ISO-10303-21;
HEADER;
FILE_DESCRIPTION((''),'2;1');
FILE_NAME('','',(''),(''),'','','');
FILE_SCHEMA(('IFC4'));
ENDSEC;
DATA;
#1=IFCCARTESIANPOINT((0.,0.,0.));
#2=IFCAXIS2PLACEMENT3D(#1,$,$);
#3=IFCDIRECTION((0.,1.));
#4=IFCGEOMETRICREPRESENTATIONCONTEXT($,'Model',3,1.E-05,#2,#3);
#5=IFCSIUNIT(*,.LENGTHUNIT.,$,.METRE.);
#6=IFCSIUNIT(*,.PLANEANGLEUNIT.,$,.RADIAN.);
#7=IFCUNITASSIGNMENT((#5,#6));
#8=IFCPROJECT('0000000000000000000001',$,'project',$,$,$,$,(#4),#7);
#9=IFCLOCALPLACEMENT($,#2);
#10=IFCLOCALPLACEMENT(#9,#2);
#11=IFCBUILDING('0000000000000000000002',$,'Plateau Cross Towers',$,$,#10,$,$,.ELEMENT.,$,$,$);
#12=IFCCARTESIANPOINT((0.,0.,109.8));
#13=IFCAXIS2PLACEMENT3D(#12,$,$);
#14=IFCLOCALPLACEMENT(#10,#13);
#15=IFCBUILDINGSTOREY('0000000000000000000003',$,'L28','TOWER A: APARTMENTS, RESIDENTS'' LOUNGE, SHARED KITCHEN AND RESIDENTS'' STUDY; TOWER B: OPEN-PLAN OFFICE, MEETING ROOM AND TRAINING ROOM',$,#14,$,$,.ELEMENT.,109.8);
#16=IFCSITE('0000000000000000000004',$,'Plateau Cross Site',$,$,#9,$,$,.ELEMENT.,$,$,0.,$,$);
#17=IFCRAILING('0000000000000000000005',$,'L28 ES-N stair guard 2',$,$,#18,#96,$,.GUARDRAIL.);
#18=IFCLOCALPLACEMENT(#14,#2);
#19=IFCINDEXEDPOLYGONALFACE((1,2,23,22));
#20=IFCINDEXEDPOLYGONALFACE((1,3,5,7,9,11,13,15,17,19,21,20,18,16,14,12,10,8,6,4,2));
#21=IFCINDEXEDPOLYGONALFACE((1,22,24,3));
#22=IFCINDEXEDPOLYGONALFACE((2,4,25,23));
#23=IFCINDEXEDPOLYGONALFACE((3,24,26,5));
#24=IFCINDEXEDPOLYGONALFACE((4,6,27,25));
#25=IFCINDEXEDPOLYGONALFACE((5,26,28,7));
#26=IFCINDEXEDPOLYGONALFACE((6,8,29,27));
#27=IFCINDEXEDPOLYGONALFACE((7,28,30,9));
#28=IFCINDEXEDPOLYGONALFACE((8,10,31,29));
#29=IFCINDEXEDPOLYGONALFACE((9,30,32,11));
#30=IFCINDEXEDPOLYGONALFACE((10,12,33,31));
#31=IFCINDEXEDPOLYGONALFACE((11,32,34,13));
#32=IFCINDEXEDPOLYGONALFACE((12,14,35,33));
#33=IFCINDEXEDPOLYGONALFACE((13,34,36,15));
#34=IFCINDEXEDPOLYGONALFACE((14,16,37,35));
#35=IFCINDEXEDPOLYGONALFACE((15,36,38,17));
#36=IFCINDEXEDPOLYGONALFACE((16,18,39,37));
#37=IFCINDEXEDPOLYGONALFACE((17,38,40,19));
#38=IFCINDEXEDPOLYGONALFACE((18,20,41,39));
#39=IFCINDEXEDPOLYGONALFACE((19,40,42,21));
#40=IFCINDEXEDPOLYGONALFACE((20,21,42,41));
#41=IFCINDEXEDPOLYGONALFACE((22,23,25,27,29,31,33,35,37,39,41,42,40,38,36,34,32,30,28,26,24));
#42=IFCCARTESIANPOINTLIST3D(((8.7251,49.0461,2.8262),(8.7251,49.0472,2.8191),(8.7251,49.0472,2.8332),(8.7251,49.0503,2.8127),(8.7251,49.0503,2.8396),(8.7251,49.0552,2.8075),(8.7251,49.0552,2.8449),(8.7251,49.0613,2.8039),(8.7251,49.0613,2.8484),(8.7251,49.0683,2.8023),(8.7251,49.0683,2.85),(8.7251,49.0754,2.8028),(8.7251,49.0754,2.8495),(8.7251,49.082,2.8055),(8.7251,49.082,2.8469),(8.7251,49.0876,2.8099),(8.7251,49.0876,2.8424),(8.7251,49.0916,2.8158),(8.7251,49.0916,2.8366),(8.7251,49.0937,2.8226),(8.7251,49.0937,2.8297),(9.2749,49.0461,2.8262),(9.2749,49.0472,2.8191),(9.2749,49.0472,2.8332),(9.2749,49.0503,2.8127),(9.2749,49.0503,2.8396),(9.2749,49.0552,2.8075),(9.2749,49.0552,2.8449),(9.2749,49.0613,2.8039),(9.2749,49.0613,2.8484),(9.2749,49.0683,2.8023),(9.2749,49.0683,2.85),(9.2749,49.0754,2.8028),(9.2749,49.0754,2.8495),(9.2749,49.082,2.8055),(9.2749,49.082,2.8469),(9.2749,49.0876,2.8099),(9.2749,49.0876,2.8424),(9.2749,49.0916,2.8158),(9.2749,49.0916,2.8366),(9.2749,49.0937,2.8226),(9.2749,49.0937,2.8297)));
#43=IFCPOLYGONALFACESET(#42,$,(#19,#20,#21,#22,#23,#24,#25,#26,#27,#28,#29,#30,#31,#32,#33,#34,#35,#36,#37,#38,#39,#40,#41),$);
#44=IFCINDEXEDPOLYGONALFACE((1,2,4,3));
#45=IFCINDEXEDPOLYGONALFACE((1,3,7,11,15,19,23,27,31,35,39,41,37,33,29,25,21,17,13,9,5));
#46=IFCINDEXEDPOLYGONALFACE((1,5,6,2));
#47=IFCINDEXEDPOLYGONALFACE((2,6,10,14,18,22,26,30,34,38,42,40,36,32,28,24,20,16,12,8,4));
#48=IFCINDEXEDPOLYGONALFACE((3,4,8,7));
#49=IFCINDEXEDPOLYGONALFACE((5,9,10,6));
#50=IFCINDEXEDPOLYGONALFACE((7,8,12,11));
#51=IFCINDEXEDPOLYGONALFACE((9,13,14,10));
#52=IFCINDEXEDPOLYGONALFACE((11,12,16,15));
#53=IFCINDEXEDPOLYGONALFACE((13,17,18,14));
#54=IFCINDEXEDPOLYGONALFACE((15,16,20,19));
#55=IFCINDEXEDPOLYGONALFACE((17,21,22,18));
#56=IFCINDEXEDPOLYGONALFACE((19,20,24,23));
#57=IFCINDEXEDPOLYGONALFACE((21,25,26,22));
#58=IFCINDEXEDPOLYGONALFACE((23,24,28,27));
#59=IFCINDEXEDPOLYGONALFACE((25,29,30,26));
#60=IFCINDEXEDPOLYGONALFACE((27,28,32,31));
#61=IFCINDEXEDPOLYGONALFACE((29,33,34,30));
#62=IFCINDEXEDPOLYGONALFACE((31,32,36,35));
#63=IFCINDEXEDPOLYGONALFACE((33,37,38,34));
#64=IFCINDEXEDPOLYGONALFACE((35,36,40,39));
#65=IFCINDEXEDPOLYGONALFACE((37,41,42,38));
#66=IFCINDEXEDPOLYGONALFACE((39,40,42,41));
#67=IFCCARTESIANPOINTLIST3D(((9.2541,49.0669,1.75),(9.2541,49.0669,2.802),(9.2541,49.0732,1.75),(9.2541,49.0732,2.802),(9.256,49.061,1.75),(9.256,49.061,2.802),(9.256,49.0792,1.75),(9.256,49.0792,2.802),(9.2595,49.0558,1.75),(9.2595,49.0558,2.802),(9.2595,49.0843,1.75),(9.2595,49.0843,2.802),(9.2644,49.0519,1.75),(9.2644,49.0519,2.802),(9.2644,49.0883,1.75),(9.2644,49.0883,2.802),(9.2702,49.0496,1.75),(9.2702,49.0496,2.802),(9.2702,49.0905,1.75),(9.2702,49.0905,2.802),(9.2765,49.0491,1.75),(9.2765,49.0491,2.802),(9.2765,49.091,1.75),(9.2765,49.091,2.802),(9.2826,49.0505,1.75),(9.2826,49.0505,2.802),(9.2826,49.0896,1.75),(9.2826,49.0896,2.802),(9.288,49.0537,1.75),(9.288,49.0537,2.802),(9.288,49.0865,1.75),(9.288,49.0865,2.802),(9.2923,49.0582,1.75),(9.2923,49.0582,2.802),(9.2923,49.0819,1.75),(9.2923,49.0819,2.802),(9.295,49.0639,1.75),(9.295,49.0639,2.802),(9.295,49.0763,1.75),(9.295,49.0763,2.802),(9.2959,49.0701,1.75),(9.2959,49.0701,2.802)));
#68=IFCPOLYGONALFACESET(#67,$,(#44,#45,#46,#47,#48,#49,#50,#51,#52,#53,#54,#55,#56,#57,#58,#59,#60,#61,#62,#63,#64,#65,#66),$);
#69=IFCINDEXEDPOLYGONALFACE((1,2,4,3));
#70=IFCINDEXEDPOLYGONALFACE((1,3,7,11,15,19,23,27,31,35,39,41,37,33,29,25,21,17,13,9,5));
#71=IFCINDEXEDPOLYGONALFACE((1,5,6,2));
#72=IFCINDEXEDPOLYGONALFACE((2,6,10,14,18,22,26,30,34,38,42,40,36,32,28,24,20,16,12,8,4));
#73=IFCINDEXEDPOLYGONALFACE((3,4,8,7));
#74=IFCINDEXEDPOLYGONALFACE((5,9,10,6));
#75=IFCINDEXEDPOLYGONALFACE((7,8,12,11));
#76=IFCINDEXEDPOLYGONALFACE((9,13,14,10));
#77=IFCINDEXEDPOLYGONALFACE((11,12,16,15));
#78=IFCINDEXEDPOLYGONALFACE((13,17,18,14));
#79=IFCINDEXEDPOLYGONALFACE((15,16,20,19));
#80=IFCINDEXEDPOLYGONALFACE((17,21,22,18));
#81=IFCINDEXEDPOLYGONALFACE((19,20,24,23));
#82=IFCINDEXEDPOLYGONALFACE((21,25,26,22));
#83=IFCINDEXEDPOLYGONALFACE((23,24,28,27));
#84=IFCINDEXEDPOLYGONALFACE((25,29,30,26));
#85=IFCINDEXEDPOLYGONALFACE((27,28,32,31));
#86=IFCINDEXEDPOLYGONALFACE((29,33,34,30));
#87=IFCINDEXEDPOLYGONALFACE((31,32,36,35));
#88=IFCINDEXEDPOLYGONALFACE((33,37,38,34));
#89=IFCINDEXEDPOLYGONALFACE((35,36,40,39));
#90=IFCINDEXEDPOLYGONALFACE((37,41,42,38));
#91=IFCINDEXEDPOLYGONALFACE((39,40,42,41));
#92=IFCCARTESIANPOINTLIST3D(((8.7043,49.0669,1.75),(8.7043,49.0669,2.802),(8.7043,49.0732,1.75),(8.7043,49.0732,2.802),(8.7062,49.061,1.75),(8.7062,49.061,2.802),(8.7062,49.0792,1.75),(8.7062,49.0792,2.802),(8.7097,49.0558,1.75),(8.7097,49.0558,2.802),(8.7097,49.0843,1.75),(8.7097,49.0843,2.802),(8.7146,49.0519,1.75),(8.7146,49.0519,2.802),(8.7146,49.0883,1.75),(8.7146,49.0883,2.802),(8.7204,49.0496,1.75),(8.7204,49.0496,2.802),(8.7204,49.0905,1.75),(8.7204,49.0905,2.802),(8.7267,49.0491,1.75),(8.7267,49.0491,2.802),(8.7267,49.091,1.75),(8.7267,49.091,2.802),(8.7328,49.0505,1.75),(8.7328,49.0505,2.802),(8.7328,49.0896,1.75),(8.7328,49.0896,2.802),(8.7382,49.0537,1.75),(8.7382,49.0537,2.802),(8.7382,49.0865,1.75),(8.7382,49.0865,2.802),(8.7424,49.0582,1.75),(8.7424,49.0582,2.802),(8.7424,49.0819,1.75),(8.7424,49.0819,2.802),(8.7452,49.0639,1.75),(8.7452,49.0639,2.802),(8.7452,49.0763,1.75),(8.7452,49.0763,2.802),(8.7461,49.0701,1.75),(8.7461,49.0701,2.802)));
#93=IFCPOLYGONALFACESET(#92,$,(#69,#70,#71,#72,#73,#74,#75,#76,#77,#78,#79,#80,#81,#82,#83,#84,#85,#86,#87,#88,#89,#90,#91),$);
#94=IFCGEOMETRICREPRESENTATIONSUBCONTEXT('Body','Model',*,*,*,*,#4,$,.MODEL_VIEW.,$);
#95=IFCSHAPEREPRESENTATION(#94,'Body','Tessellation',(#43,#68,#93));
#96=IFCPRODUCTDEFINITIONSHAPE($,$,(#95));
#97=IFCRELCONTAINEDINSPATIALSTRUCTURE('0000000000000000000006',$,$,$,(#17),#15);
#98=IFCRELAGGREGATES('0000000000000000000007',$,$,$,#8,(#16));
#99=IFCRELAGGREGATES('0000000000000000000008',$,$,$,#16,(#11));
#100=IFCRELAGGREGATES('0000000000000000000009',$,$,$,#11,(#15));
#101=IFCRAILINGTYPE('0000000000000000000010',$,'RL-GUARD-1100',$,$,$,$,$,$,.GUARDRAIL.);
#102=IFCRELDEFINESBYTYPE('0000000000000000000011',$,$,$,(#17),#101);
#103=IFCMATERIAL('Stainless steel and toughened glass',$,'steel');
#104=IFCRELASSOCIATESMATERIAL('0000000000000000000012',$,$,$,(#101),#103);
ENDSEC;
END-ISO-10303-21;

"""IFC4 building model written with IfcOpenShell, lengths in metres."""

from ifc_helpers import new_model, si_unit, direction, frame, origin, origin_2d, place, context, subcontext, project, spatial, circle, extrude, material, type_object, element, save


model = new_model("IFC4")

# Units and contexts
model_context = context("Model", 3, precision=1e-05, world=origin(), true_north=direction((0.0, 1.0)))
body_context = subcontext(model_context, "Body", "Model", "MODEL_VIEW")
ifc_project = project(units=[si_unit("LENGTHUNIT", "METRE"), si_unit("PLANEANGLEUNIT", "RADIAN")], contexts=[model_context])

# Site, building, storey
site_placement = place(None, origin())
site = spatial("IfcSite", under=ifc_project, at=site_placement, Name="Plateau Cross Site", CompositionType="ELEMENT", RefElevation=0.0)
building_placement = place(site_placement, origin())
building = spatial("IfcBuilding", under=site, at=building_placement, Name="Plateau Cross Towers", CompositionType="ELEMENT")
storey_placement = place(building_placement, frame((0.0, 0.0, 109.8)))
storey = spatial("IfcBuildingStorey", under=building, at=storey_placement, Name="L28", Description="TOWER A: APARTMENTS, RESIDENTS' LOUNGE, SHARED KITCHEN AND RESIDENTS' STUDY; TOWER B: OPEN-PLAN OFFICE, MEETING ROOM AND TRAINING ROOM", CompositionType="ELEMENT", Elevation=109.8)

# Railing
ifc_material_1 = material(Name="Stainless steel and toughened glass", Category="steel")
railing_type_1 = type_object("IfcRailingType", Name="RL-GUARD-1100", PredefinedType="GUARDRAIL", material=ifc_material_1)
railing_1_placement = place(storey_placement, frame((9.2749, 49.0701, 1.75)))
element("IfcRailing", 1, at=railing_1_placement, inside=storey, type_object=railing_type_1, Name="L28 ES-N stair guard 2", PredefinedType="GUARDRAIL", context=body_context, shape_type="SweptSolid", body=[
    extrude(circle(Radius=0.0239, at=origin_2d()), frame((0.0, 0.0, 1.0762), z_axis=(-1.0, 0.0, 0.0), x_axis=(0.0, -1.0, 0.0)), (0.0, 0.0, 1.0), 0.5498),
    extrude(circle(Radius=0.021, at=origin_2d()), origin(), (0.0, 0.0, 1.0), 1.052),
    extrude(circle(Radius=0.021, at=origin_2d()), frame((-0.5498, 0.0, 0.0)), (0.0, 0.0, 1.0), 1.052),
])

save(model, "model.ifc")
